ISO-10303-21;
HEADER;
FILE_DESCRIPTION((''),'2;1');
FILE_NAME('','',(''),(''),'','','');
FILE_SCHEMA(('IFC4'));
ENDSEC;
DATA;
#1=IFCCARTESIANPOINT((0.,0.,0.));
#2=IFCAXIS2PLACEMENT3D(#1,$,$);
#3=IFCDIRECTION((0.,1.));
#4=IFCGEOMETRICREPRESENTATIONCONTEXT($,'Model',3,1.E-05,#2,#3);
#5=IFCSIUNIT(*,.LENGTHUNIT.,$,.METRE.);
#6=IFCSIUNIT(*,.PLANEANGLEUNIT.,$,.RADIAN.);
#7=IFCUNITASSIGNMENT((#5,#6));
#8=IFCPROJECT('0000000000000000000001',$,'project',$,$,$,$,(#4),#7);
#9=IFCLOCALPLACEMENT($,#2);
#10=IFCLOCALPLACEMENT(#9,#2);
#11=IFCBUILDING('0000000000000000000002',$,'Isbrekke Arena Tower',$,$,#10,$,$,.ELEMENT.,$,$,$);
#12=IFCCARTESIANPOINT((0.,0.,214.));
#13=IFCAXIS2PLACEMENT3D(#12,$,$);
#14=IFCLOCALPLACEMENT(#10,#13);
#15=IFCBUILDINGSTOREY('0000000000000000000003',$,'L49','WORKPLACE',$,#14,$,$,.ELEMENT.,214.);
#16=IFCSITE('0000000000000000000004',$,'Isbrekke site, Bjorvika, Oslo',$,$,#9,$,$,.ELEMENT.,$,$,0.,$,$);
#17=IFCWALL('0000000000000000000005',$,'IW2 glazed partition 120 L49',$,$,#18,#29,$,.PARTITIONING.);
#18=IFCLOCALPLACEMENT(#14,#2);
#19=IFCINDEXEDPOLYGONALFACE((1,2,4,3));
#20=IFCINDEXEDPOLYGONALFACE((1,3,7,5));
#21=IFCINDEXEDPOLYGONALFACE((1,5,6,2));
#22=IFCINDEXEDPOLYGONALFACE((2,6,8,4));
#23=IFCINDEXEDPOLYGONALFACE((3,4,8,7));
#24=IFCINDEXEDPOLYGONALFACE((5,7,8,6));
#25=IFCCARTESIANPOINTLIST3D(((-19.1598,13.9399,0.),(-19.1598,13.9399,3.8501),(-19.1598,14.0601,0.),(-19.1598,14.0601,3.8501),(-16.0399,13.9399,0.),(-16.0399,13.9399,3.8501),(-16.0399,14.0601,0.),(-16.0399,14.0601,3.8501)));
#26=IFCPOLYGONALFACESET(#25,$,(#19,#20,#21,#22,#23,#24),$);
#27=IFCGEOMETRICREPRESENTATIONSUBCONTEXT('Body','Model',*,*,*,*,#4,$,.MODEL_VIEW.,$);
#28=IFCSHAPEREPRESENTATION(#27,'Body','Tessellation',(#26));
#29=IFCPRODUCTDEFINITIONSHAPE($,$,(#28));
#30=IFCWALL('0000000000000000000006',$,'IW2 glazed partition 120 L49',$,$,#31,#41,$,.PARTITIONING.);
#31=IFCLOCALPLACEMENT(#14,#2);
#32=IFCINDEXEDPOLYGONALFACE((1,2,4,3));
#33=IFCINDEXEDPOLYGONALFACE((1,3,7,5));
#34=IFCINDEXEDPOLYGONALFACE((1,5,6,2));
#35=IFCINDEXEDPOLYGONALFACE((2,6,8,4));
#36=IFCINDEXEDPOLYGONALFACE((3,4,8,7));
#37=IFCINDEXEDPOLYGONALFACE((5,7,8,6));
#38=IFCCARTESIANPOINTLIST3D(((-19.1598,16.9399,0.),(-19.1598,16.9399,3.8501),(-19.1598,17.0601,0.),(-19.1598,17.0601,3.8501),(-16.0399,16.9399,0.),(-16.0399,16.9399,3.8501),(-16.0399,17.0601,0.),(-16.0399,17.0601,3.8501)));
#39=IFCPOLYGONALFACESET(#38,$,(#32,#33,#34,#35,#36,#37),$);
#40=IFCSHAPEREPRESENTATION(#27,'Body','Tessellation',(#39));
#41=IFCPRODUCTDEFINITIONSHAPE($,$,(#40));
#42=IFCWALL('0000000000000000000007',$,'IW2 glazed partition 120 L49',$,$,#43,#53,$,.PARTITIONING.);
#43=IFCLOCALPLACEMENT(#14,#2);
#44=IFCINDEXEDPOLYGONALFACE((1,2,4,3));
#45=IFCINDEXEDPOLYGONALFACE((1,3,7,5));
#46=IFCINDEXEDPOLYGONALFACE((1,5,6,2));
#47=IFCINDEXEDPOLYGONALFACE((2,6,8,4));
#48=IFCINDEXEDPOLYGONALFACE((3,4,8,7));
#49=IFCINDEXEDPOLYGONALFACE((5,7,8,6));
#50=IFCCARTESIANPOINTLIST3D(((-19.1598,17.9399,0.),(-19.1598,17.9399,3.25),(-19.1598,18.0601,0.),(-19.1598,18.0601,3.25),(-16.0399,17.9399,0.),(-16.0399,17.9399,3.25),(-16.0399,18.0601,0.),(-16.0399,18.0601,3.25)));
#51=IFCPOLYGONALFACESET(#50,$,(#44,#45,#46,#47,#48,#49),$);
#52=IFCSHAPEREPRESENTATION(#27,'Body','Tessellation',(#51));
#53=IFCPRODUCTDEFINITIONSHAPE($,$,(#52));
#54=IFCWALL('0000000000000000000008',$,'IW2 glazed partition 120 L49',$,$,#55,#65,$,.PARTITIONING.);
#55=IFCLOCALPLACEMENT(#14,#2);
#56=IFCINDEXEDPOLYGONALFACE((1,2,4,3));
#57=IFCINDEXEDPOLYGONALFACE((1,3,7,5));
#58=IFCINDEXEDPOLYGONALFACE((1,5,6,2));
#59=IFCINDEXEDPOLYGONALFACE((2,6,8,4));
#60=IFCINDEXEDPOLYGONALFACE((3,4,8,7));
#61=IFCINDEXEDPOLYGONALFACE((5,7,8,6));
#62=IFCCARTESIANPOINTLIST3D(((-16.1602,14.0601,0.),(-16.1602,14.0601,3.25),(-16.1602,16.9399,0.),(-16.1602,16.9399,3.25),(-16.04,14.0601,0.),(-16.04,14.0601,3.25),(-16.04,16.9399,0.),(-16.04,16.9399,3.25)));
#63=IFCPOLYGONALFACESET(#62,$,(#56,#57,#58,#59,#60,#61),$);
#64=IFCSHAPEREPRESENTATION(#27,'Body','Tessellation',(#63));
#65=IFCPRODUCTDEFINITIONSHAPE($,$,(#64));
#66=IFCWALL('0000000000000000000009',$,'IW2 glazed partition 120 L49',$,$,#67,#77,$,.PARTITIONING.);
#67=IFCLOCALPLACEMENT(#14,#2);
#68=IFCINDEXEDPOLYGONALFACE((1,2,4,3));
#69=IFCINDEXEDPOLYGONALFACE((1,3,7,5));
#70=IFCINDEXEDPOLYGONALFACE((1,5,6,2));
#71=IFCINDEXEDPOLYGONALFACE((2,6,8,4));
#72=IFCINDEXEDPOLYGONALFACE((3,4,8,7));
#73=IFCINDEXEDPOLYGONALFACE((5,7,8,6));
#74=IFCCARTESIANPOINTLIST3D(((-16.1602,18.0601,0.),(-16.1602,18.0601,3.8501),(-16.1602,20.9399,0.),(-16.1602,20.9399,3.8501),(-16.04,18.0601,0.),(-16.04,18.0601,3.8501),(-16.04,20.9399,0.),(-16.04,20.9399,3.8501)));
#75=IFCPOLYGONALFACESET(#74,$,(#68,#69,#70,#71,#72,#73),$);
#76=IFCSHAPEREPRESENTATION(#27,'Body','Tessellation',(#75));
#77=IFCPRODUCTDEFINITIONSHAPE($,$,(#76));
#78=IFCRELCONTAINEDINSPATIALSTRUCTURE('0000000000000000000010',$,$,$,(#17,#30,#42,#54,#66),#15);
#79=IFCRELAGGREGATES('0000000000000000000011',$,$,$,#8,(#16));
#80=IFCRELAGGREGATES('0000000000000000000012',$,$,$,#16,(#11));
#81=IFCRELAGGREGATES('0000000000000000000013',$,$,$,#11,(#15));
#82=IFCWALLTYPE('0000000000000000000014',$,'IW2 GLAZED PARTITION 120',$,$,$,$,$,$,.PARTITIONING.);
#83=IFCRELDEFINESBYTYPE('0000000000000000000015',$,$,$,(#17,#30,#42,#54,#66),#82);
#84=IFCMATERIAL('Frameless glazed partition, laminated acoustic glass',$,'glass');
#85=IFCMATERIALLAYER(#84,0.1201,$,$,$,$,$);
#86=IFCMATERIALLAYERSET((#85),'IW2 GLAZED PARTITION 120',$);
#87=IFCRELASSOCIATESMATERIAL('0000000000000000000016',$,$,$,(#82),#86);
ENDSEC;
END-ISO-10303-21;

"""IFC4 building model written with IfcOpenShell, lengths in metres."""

from ifc_helpers import new_model, si_unit, direction, frame, frame_2d, origin, place, context, subcontext, project, spatial, rectangle, extrude, material, layer, layer_set, type_object, element, save


model = new_model("IFC4")

# Units and contexts
model_context = context("Model", 3, precision=1e-05, world=origin(), true_north=direction((0.0, 1.0)))
body_context = subcontext(model_context, "Body", "Model", "MODEL_VIEW")
ifc_project = project(units=[si_unit("LENGTHUNIT", "METRE"), si_unit("PLANEANGLEUNIT", "RADIAN")], contexts=[model_context])

# Site, building, storey
site_placement = place(None, origin())
site = spatial("IfcSite", under=ifc_project, at=site_placement, Name="Isbrekke site, Bjorvika, Oslo", CompositionType="ELEMENT", RefElevation=0.0)
building_placement = place(site_placement, origin())
building = spatial("IfcBuilding", under=site, at=building_placement, Name="Isbrekke Arena Tower", CompositionType="ELEMENT")
storey_placement = place(building_placement, frame((0.0, 0.0, 214.0)))
storey = spatial("IfcBuildingStorey", under=building, at=storey_placement, Name="L49", Description="WORKPLACE", CompositionType="ELEMENT", Elevation=214.0)

# Walls
ifc_material_1 = material(Name="Frameless glazed partition, laminated acoustic glass", Category="glass")
ifc_layer_1 = layer(ifc_material_1, 0.1201)
ifc_layer_set_1 = layer_set([ifc_layer_1], Name="IW2 GLAZED PARTITION 120")
wall_type_1 = type_object("IfcWallType", Name="IW2 GLAZED PARTITION 120", PredefinedType="PARTITIONING", material=ifc_layer_set_1)
for number, where, z_axis, x_axis, name in (
    (1, (-19.1599, 14.0, 0.0), (0.0, 0.0, 1.0), (1.0, 0.0, 0.0), "IW2 glazed partition 120 L49"),
    (2, (-19.1599, 17.0, 0.0), (0.0, 0.0, 1.0), (1.0, 0.0, 0.0), "IW2 glazed partition 120 L49"),
):
    element("IfcWall", number, at=place(storey_placement, frame(where, z_axis=z_axis, x_axis=x_axis)), inside=storey, type_object=wall_type_1, Name=name, PredefinedType="PARTITIONING", context=body_context, shape_type="SweptSolid", body=[
        extrude(rectangle(XDim=3.1199, YDim=0.1201, at=frame_2d((1.5601, 0.0))), origin(), (0.0, 0.0, 1.0), 3.8501),
    ])
wall_1_placement = place(storey_placement, frame((-19.1599, 18.0, 0.0), z_axis=(0.0, 0.0, 1.0), x_axis=(1.0, 0.0, 0.0)))
element("IfcWall", 3, at=wall_1_placement, inside=storey, type_object=wall_type_1, Name="IW2 glazed partition 120 L49", PredefinedType="PARTITIONING", context=body_context, shape_type="SweptSolid", body=[
    extrude(rectangle(XDim=3.1199, YDim=0.1201, at=frame_2d((1.5601, 0.0))), origin(), (0.0, 0.0, 1.0), 3.25),
])

# Walls
wall_2_placement = place(storey_placement, frame((-16.1001, 14.0601, 0.0), z_axis=(0.0, 0.0, 1.0), x_axis=(0.0, 1.0, 0.0)))
element("IfcWall", 4, at=wall_2_placement, inside=storey, type_object=wall_type_1, Name="IW2 glazed partition 120 L49", PredefinedType="PARTITIONING", context=body_context, shape_type="SweptSolid", body=[
    extrude(rectangle(XDim=2.8799, YDim=0.1201, at=frame_2d((1.4399, 0.0))), origin(), (0.0, 0.0, 1.0), 3.25),
])
wall_3_placement = place(storey_placement, frame((-16.1001, 18.0601, 0.0), z_axis=(0.0, 0.0, 1.0), x_axis=(0.0, 1.0, 0.0)))
element("IfcWall", 5, at=wall_3_placement, inside=storey, type_object=wall_type_1, Name="IW2 glazed partition 120 L49", PredefinedType="PARTITIONING", context=body_context, shape_type="SweptSolid", body=[
    extrude(rectangle(XDim=2.8799, YDim=0.1201, at=frame_2d((1.4399, 0.0))), origin(), (0.0, 0.0, 1.0), 3.8501),
])

save(model, "model.ifc")
